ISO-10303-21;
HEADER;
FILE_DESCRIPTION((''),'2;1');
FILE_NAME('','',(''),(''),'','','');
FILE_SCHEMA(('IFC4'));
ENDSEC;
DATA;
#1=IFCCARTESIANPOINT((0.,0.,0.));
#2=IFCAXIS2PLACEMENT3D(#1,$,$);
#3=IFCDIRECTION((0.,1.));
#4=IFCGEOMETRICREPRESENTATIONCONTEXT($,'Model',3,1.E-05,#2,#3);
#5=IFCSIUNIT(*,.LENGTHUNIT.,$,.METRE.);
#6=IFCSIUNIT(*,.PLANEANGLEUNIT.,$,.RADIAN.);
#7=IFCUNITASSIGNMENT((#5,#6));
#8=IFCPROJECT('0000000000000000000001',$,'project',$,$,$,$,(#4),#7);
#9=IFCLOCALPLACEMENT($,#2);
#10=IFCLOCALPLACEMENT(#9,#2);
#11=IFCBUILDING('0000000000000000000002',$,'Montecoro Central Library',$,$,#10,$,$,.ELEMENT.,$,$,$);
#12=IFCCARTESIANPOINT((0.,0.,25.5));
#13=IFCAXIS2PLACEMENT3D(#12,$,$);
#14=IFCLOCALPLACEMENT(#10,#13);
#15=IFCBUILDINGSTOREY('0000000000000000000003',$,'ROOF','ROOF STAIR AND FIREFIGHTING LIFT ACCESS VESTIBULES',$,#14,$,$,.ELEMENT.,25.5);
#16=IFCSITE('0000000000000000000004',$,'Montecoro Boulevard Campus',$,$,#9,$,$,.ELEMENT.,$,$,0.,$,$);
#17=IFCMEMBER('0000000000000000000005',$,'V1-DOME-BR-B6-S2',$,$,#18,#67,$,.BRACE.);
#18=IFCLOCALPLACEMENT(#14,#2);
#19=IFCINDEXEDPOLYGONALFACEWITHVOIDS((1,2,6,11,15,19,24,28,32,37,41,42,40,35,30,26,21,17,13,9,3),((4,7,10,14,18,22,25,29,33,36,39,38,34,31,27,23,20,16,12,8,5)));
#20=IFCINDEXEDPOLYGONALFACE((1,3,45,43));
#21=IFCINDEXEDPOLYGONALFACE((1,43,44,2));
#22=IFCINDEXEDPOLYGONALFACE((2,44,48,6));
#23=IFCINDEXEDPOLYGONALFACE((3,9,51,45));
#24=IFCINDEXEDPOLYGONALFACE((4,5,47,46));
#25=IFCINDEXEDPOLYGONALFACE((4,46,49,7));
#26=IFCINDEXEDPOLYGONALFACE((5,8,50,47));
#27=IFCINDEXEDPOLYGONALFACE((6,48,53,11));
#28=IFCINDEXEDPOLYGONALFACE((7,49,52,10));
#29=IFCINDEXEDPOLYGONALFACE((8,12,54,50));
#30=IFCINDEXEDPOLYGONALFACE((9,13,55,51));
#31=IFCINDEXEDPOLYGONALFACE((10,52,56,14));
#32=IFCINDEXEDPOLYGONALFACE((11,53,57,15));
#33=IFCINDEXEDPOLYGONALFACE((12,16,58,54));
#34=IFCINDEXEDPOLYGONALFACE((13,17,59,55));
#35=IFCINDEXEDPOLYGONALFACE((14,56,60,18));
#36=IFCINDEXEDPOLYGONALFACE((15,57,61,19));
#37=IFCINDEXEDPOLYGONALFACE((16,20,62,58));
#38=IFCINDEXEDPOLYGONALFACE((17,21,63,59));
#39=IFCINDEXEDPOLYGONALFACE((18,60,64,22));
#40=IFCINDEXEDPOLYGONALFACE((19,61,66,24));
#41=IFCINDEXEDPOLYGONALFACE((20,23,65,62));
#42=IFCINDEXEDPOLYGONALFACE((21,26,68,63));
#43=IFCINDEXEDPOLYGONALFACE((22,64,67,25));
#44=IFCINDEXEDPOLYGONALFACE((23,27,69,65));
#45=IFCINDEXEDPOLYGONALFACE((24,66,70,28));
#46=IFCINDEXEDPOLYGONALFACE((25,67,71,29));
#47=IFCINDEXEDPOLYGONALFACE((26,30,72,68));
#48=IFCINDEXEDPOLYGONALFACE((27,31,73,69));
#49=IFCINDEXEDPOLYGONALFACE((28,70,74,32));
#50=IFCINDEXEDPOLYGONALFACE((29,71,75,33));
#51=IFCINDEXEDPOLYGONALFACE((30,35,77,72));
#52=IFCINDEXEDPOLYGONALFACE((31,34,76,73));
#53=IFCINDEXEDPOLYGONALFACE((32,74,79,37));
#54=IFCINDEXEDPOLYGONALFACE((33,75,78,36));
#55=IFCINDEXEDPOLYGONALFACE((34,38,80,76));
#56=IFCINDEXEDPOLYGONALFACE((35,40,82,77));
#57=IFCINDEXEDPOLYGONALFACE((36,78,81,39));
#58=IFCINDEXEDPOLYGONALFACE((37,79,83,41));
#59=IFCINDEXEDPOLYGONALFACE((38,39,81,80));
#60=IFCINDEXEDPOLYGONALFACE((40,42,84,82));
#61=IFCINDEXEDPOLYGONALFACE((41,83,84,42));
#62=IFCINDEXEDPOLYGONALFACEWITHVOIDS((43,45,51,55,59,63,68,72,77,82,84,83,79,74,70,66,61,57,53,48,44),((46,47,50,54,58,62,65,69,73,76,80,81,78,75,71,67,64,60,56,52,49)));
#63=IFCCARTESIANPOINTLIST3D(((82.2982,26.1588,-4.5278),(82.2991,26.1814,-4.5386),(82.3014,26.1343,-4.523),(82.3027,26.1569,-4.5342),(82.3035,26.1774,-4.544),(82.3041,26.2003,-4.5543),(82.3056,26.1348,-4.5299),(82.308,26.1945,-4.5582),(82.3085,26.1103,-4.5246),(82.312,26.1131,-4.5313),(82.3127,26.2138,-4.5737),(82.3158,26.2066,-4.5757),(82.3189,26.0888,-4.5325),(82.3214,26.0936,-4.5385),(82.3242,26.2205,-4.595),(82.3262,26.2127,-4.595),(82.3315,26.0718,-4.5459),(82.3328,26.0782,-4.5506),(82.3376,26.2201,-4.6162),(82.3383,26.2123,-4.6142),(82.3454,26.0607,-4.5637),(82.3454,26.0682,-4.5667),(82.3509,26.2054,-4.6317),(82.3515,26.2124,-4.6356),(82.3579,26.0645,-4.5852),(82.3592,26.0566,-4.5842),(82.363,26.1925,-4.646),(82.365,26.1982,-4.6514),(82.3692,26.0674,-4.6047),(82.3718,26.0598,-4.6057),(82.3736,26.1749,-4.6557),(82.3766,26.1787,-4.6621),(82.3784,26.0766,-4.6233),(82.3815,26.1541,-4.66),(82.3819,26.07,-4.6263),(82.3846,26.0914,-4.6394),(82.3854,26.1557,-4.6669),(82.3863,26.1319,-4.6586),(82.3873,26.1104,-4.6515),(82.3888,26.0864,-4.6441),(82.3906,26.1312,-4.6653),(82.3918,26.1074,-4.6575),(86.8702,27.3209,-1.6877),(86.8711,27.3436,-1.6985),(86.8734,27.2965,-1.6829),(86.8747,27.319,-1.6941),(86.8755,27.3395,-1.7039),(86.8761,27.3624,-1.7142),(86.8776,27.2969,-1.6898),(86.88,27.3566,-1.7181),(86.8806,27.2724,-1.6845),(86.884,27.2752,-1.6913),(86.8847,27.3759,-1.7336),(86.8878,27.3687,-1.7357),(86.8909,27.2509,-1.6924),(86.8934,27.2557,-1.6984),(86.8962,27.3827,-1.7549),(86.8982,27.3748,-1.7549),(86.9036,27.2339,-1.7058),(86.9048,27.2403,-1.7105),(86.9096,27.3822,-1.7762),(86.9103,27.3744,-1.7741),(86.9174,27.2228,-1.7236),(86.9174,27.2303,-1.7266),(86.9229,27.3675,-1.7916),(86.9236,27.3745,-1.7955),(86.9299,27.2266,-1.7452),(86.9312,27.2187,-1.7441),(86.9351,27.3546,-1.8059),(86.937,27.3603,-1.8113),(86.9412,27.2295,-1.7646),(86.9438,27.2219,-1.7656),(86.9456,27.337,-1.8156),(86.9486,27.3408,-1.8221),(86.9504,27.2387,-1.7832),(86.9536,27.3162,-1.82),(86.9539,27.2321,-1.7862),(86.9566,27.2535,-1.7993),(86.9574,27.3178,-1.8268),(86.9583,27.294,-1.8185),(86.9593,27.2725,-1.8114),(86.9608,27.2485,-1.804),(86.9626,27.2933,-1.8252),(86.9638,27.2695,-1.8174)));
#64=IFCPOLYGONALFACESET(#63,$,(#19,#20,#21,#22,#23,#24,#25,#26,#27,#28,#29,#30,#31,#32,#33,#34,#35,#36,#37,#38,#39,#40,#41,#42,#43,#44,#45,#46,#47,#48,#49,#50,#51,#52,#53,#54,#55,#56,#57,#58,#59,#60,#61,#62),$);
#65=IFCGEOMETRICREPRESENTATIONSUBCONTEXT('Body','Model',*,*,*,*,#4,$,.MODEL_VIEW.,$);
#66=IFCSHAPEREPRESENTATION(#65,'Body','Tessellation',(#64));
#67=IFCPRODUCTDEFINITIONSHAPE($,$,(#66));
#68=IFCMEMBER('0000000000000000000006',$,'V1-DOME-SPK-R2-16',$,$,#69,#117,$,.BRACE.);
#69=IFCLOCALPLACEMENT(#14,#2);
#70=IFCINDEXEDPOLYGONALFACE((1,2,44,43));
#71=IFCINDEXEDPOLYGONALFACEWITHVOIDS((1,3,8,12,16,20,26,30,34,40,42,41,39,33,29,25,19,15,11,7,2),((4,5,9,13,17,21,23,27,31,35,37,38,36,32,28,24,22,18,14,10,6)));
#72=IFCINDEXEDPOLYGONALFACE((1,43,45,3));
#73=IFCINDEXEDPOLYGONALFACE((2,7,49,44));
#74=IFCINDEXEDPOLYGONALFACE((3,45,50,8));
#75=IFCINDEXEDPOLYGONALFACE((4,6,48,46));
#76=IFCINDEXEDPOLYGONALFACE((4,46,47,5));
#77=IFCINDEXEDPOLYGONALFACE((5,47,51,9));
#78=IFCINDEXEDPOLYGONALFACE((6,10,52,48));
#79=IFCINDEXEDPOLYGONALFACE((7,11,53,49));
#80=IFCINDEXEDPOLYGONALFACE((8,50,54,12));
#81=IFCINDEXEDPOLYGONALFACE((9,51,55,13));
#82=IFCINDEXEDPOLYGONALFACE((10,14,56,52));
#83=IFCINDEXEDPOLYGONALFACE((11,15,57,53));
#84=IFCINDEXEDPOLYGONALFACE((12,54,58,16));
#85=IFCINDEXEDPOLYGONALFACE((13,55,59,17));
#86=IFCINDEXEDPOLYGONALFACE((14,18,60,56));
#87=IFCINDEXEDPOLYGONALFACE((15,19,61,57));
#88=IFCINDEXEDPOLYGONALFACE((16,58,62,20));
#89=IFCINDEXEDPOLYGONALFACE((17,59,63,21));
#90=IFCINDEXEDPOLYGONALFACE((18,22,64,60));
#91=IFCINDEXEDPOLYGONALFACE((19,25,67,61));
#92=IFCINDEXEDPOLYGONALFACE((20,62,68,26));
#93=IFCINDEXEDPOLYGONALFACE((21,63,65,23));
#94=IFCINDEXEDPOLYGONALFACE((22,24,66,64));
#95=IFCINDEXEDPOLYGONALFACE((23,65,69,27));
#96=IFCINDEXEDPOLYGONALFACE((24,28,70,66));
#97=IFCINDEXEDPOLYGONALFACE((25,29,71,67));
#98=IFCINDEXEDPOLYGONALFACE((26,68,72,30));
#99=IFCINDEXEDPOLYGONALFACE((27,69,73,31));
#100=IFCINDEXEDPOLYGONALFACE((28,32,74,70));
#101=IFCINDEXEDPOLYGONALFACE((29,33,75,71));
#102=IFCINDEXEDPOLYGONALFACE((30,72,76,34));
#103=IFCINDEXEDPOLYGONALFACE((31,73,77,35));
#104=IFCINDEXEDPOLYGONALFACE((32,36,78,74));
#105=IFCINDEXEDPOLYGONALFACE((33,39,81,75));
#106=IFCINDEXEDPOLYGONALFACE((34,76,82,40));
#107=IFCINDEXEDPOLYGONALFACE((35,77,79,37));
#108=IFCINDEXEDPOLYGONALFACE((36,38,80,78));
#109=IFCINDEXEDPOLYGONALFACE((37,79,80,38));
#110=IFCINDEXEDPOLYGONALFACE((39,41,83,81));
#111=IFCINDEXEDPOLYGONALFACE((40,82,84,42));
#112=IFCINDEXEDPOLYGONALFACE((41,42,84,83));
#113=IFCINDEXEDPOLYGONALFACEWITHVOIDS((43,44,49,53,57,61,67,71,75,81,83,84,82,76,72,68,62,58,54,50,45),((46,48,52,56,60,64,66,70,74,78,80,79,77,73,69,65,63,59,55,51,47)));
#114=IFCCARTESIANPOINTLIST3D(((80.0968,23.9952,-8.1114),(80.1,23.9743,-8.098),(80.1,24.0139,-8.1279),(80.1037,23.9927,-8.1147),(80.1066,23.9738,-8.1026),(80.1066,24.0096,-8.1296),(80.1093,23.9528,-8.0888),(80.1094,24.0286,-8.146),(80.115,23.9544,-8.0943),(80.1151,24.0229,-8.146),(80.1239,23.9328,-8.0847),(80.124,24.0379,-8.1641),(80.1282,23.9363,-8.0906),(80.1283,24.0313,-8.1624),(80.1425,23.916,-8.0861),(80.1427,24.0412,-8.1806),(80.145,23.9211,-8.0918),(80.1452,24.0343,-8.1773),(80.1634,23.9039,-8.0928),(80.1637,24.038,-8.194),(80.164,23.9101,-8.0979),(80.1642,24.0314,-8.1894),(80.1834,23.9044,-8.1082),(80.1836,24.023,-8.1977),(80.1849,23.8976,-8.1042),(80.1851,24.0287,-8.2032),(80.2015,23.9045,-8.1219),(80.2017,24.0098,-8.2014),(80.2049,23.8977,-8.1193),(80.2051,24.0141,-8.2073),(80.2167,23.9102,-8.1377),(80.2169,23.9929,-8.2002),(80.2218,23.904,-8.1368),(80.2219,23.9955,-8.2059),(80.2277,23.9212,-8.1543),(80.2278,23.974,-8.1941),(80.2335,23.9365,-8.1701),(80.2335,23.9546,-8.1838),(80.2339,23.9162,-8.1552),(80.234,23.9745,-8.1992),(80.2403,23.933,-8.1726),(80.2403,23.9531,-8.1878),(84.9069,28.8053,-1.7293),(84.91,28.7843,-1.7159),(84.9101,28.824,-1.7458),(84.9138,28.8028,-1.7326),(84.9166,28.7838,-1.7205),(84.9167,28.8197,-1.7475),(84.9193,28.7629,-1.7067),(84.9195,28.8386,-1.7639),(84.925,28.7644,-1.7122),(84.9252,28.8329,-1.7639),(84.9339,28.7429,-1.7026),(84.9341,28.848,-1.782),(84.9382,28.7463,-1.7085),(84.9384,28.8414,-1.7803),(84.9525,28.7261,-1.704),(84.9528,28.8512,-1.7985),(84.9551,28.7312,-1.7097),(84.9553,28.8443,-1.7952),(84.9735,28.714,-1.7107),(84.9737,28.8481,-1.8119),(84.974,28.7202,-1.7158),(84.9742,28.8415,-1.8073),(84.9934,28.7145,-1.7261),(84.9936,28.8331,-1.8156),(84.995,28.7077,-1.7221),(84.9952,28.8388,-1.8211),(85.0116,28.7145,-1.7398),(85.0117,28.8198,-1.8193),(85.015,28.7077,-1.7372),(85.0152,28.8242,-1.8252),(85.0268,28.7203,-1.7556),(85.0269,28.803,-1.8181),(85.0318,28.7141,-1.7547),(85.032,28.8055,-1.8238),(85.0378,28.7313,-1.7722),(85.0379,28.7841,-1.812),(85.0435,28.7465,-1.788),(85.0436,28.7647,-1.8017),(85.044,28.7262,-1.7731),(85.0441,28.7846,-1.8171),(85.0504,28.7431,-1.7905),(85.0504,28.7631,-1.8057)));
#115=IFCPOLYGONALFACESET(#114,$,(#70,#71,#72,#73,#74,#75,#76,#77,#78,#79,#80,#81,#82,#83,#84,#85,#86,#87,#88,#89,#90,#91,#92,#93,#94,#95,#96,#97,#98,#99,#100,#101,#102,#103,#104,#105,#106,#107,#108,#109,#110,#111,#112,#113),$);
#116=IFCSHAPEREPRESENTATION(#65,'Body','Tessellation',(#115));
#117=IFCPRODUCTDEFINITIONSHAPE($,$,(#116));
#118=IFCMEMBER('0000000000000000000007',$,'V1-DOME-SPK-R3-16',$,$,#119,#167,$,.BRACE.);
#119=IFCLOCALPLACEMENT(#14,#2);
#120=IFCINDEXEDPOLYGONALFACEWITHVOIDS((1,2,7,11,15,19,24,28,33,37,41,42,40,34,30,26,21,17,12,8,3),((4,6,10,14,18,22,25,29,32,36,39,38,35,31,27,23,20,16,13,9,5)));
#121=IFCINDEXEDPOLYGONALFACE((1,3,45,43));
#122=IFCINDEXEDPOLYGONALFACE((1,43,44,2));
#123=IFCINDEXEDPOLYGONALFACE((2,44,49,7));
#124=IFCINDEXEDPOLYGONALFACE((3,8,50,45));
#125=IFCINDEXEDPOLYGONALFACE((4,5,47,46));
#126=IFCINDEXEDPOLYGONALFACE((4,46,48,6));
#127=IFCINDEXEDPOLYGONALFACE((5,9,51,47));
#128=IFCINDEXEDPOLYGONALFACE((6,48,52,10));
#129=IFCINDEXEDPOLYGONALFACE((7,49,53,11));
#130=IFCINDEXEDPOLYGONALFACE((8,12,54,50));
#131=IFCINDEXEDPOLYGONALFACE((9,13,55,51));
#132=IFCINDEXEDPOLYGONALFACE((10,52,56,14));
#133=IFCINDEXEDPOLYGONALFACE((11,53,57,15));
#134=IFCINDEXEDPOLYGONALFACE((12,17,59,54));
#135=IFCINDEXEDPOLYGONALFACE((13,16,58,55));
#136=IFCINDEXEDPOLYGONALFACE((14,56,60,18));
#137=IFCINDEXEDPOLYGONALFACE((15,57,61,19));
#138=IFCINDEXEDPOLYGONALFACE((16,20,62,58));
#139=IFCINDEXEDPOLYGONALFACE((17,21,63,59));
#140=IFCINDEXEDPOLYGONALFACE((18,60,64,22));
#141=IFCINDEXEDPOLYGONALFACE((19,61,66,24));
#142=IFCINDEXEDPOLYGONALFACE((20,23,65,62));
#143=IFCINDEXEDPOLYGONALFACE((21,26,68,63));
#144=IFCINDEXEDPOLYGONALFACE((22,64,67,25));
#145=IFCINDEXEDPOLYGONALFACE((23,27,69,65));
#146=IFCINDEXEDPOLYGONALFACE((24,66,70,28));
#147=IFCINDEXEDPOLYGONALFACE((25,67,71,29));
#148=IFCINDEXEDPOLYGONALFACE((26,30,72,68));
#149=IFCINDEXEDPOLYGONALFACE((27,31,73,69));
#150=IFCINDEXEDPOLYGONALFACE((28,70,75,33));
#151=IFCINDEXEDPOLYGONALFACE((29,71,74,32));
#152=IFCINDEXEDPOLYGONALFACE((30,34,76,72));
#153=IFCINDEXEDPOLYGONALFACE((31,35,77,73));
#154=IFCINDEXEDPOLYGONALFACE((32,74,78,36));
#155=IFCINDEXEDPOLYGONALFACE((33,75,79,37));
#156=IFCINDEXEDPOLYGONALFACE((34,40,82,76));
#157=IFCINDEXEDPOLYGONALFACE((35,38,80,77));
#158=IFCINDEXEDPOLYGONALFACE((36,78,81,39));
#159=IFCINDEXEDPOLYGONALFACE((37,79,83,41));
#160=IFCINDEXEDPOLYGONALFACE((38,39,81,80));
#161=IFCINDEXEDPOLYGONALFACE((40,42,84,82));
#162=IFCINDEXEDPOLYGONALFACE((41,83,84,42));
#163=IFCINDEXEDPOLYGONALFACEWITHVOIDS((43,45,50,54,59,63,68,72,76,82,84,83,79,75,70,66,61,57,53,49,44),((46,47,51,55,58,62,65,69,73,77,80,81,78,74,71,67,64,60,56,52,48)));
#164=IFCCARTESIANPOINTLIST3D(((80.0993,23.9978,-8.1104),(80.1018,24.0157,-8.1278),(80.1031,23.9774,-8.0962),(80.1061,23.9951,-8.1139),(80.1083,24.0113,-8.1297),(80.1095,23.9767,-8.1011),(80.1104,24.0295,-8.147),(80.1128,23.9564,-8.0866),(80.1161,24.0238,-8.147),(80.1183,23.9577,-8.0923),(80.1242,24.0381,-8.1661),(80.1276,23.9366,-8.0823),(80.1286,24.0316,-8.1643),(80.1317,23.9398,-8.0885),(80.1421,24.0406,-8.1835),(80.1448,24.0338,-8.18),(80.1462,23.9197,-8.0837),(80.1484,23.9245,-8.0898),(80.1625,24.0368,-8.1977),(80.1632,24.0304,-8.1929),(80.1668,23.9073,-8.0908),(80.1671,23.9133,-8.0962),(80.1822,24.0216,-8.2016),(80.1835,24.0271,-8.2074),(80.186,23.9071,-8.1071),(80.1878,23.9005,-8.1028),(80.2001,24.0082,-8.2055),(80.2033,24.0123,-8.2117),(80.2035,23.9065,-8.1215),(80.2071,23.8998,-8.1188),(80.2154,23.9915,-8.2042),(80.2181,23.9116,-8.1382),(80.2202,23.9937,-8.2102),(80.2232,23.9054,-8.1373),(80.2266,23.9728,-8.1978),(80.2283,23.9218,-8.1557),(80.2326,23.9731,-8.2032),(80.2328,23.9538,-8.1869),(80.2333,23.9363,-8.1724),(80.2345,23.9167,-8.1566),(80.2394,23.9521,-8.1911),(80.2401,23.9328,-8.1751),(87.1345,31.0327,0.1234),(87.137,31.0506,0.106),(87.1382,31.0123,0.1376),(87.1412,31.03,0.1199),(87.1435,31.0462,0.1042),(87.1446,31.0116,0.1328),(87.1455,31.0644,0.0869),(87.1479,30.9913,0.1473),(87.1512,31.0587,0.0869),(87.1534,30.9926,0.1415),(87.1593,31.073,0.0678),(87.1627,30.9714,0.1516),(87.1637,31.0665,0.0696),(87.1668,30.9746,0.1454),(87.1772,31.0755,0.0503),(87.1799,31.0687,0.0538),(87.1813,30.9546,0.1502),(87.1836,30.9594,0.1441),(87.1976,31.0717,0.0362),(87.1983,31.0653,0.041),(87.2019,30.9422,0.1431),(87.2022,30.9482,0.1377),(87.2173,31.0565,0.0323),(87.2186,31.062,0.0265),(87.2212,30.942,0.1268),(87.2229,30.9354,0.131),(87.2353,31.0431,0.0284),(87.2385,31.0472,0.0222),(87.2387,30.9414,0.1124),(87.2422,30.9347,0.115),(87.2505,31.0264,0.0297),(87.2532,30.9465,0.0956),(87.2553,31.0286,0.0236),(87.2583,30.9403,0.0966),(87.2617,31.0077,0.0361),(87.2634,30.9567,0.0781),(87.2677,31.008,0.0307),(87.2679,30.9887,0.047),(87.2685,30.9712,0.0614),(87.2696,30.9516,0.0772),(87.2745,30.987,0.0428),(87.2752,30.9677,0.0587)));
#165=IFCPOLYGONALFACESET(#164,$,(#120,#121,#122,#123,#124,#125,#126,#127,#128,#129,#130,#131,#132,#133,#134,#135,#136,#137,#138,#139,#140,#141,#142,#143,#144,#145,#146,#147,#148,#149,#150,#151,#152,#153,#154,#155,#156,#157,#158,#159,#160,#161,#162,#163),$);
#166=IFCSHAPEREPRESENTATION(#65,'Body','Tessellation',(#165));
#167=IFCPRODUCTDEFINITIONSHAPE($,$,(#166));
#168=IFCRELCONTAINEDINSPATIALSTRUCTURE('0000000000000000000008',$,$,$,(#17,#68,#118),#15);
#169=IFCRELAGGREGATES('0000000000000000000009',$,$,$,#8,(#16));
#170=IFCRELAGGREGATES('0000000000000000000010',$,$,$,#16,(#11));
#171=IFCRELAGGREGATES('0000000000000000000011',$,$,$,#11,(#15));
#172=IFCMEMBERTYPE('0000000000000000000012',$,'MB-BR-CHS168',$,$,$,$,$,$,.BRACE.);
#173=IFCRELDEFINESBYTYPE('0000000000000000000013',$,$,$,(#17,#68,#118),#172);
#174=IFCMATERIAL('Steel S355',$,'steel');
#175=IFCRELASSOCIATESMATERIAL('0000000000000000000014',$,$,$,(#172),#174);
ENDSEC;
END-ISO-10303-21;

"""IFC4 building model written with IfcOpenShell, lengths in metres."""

from ifc_helpers import new_model, si_unit, direction, frame, origin, origin_2d, place, context, subcontext, project, spatial, hollow_circle, extrude, material, material_profile, profile_set, type_object, element, save


model = new_model("IFC4")

# Units and contexts
model_context = context("Model", 3, precision=1e-05, world=origin(), true_north=direction((0.0, 1.0)))
body_context = subcontext(model_context, "Body", "Model", "MODEL_VIEW")
ifc_project = project(units=[si_unit("LENGTHUNIT", "METRE"), si_unit("PLANEANGLEUNIT", "RADIAN")], contexts=[model_context])

# Site, building, storey
site_placement = place(None, origin())
site = spatial("IfcSite", under=ifc_project, at=site_placement, Name="Montecoro Boulevard Campus", CompositionType="ELEMENT", RefElevation=0.0)
building_placement = place(site_placement, origin())
building = spatial("IfcBuilding", under=site, at=building_placement, Name="Montecoro Central Library", CompositionType="ELEMENT")
storey_placement = place(building_placement, frame((0.0, 0.0, 25.5)))
storey = spatial("IfcBuildingStorey", under=building, at=storey_placement, Name="ROOF", Description="ROOF STAIR AND FIREFIGHTING LIFT ACCESS VESTIBULES", CompositionType="ELEMENT", Elevation=25.5)

# Members
ifc_material_1 = material(Name="Steel S355", Category="steel")
ifc_material_profile_1 = material_profile(ifc_material_1, hollow_circle(Radius=0.0842, WallThickness=0.0081, at=origin_2d()), Name="CHS 168.3x8.0")
ifc_profile_set_1 = profile_set([ifc_material_profile_1], Name="Steel S355")
member_type_1 = type_object("IfcMemberType", Name="MB-BR-CHS168", PredefinedType="BRACE", material=ifc_profile_set_1)
member_1_placement = place(storey_placement, frame((82.345, 26.1389, -4.595), z_axis=(0.830317, 0.211049, 0.515783), x_axis=(-0.246345, 0.969182, 0.0)))
element("IfcMember", 1, at=member_1_placement, inside=storey, type_object=member_type_1, Name="V1-DOME-BR-B6-S2", PredefinedType="BRACE", context=body_context, shape_type="SweptSolid", body=[
    extrude(hollow_circle(Radius=0.0842, WallThickness=0.0081, at=origin_2d()), origin(), (0.0, 0.0, 1.0), 5.5063),
])
member_2_placement = place(storey_placement, frame((80.1689, 23.969, -8.146), z_axis=(0.51568, 0.51568, 0.684214), x_axis=(-0.707107, 0.707107, 0.0)))
element("IfcMember", 2, at=member_2_placement, inside=storey, type_object=member_type_1, Name="V1-DOME-SPK-R2-16", PredefinedType="BRACE", context=body_context, shape_type="SweptSolid", body=[
    extrude(hollow_circle(Radius=0.0842, WallThickness=0.0081, at=origin_2d()), origin(), (0.0, 0.0, 1.0), 9.3276),
])
member_3_placement = place(storey_placement, frame((80.1699, 23.97, -8.147), z_axis=(0.544755, 0.544736, 0.637577), x_axis=(-0.707095, 0.707119, 0.0)))
element("IfcMember", 3, at=member_3_placement, inside=storey, type_object=member_type_1, Name="V1-DOME-SPK-R3-16", PredefinedType="BRACE", context=body_context, shape_type="SweptSolid", body=[
    extrude(hollow_circle(Radius=0.0842, WallThickness=0.0081, at=origin_2d()), origin(), (0.0, 0.0, 1.0), 12.9143),
])

save(model, "model.ifc")
